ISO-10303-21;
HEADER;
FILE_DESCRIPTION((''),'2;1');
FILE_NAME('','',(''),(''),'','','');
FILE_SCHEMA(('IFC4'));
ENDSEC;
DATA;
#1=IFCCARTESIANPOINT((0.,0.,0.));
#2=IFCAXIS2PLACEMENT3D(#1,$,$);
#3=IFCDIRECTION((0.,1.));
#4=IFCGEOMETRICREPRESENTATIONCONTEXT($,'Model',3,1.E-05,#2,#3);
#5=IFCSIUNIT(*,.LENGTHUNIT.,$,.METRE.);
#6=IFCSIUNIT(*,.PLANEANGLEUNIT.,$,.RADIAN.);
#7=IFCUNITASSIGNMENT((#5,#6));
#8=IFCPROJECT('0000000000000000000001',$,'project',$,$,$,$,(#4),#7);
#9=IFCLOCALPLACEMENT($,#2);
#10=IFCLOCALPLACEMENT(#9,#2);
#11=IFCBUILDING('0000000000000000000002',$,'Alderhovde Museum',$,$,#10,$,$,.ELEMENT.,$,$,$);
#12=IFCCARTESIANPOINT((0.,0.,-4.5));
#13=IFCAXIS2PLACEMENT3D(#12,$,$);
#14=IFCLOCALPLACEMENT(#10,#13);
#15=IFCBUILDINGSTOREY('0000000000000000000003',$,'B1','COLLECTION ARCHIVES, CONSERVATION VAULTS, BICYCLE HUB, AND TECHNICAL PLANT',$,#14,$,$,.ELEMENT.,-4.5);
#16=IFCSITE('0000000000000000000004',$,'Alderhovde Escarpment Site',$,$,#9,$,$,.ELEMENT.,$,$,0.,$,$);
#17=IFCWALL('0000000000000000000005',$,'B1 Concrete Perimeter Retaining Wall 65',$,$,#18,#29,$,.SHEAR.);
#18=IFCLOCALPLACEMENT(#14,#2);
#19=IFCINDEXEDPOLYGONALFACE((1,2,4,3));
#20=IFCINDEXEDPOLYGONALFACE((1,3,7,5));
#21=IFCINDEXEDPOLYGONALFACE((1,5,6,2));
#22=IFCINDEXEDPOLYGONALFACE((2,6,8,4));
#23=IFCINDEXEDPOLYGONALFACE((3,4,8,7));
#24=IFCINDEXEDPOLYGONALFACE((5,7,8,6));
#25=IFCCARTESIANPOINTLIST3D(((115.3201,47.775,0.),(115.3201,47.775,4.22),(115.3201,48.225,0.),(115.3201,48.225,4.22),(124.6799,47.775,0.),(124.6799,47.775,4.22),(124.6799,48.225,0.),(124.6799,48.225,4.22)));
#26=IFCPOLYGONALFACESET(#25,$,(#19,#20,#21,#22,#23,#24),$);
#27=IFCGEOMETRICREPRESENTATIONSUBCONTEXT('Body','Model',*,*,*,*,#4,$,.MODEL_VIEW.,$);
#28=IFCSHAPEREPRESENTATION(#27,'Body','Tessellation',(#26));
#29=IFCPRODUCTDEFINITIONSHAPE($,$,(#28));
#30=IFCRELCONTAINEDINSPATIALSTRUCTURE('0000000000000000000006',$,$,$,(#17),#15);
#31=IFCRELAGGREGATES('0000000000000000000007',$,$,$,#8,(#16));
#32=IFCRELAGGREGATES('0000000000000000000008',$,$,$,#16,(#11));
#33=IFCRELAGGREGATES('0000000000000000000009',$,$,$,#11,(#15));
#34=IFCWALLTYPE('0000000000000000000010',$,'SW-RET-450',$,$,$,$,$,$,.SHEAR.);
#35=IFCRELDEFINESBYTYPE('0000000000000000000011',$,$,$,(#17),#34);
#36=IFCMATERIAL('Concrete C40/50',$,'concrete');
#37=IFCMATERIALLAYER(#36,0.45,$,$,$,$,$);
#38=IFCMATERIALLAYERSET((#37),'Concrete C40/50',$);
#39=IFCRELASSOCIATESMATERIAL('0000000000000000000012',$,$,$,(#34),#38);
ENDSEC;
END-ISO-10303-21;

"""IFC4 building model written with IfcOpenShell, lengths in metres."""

from ifc_helpers import new_model, si_unit, direction, frame, frame_2d, origin, place, context, subcontext, project, spatial, rectangle, extrude, material, layer, layer_set, type_object, element, save


model = new_model("IFC4")

# Units and contexts
model_context = context("Model", 3, precision=1e-05, world=origin(), true_north=direction((0.0, 1.0)))
body_context = subcontext(model_context, "Body", "Model", "MODEL_VIEW")
ifc_project = project(units=[si_unit("LENGTHUNIT", "METRE"), si_unit("PLANEANGLEUNIT", "RADIAN")], contexts=[model_context])

# Site, building, storey
site_placement = place(None, origin())
site = spatial("IfcSite", under=ifc_project, at=site_placement, Name="Alderhovde Escarpment Site", CompositionType="ELEMENT", RefElevation=0.0)
building_placement = place(site_placement, origin())
building = spatial("IfcBuilding", under=site, at=building_placement, Name="Alderhovde Museum", CompositionType="ELEMENT")
storey_placement = place(building_placement, frame((0.0, 0.0, -4.5)))
storey = spatial("IfcBuildingStorey", under=building, at=storey_placement, Name="B1", Description="COLLECTION ARCHIVES, CONSERVATION VAULTS, BICYCLE HUB, AND TECHNICAL PLANT", CompositionType="ELEMENT", Elevation=-4.5)

# Wall
ifc_material_1 = material(Name="Concrete C40/50", Category="concrete")
ifc_layer = layer(ifc_material_1, 0.45)
ifc_layer_set = layer_set([ifc_layer], Name="Concrete C40/50")
wall_type = type_object("IfcWallType", Name="SW-RET-450", PredefinedType="SHEAR", material=ifc_layer_set)
wall_placement = place(storey_placement, frame((115.3201, 48.0, 0.0), z_axis=(0.0, 0.0, 1.0), x_axis=(1.0, 0.0, 0.0)))
element("IfcWall", 1, at=wall_placement, inside=storey, type_object=wall_type, Name="B1 Concrete Perimeter Retaining Wall 65", PredefinedType="SHEAR", context=body_context, shape_type="SweptSolid", body=[
    extrude(rectangle(XDim=9.3599, YDim=0.45, at=frame_2d((4.6799, 0.0))), origin(), (0.0, 0.0, 1.0), 4.22),
])

save(model, "model.ifc")
